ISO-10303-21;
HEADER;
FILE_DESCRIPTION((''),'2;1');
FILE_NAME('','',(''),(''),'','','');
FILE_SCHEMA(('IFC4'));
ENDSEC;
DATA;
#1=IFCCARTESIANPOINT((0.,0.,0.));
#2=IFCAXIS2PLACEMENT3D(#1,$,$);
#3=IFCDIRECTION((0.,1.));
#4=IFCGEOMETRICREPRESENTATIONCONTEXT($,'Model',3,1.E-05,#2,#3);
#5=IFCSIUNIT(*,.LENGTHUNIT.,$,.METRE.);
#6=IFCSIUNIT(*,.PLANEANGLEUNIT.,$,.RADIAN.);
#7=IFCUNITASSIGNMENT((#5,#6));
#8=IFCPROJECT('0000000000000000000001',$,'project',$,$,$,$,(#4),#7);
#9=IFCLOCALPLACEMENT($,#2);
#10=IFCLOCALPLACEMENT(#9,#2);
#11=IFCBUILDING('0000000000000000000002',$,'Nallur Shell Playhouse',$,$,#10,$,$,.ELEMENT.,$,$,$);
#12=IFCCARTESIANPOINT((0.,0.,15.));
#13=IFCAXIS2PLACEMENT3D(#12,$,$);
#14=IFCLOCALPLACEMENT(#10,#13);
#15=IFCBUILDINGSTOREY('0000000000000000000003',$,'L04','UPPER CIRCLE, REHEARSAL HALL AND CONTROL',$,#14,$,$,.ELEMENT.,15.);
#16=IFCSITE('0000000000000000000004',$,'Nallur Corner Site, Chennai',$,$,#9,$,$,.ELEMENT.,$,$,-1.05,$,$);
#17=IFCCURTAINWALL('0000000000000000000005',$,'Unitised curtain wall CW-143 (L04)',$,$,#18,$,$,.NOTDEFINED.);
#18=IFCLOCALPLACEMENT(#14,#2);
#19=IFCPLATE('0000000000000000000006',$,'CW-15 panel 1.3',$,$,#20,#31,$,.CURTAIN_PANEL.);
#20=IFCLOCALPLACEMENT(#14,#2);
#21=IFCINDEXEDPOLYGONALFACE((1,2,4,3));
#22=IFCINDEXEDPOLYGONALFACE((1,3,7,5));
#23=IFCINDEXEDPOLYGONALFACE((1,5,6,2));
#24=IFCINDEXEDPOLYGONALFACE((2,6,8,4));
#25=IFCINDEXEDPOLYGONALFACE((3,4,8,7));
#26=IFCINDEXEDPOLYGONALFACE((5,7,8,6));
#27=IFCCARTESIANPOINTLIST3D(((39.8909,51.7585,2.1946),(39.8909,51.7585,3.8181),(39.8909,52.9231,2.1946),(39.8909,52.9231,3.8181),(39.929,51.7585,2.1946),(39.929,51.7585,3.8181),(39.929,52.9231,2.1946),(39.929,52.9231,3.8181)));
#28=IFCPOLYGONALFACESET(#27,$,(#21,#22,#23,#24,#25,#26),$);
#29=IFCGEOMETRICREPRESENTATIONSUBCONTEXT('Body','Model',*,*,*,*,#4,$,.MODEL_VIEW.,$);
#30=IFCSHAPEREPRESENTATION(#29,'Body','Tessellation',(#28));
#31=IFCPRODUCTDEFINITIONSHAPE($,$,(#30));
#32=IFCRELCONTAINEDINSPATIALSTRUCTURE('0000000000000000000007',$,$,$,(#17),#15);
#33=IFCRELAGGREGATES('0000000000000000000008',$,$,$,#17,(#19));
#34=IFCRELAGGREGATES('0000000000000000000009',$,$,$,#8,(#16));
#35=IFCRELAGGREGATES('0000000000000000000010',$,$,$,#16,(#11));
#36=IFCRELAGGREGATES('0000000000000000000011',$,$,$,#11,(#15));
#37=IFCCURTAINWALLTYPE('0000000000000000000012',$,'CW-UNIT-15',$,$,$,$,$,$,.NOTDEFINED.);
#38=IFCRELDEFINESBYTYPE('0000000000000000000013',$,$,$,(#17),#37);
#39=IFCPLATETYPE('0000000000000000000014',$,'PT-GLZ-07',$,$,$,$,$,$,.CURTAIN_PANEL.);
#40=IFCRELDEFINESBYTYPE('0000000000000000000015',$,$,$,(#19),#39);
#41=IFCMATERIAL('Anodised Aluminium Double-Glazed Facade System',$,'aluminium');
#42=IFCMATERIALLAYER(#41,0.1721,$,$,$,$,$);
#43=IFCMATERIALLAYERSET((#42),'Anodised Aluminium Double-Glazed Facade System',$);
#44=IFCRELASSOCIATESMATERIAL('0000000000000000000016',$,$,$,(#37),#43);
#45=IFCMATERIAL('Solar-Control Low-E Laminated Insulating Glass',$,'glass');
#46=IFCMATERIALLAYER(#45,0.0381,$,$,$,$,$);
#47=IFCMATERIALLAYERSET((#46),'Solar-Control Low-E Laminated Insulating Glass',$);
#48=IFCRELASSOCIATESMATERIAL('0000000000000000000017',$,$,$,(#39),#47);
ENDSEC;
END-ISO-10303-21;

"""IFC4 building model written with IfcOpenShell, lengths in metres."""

from ifc_helpers import new_model, si_unit, direction, frame, origin, origin_2d, place, context, subcontext, project, spatial, rectangle, extrude, material, layer, layer_set, type_object, element, aggregate, save


model = new_model("IFC4")

# Units and contexts
model_context = context("Model", 3, precision=1e-05, world=origin(), true_north=direction((0.0, 1.0)))
body_context = subcontext(model_context, "Body", "Model", "MODEL_VIEW")
ifc_project = project(units=[si_unit("LENGTHUNIT", "METRE"), si_unit("PLANEANGLEUNIT", "RADIAN")], contexts=[model_context])

# Site, building, storey
site_placement = place(None, origin())
site = spatial("IfcSite", under=ifc_project, at=site_placement, Name="Nallur Corner Site, Chennai", CompositionType="ELEMENT", RefElevation=-1.05)
building_placement = place(site_placement, origin())
building = spatial("IfcBuilding", under=site, at=building_placement, Name="Nallur Shell Playhouse", CompositionType="ELEMENT")
storey_placement = place(building_placement, frame((0.0, 0.0, 15.0)))
storey = spatial("IfcBuildingStorey", under=building, at=storey_placement, Name="L04", Description="UPPER CIRCLE, REHEARSAL HALL AND CONTROL", CompositionType="ELEMENT", Elevation=15.0)

# Curtain wall
ifc_material_1 = material(Name="Anodised Aluminium Double-Glazed Facade System", Category="aluminium")
ifc_layer_1 = layer(ifc_material_1, 0.1721)
ifc_layer_set_1 = layer_set([ifc_layer_1], Name="Anodised Aluminium Double-Glazed Facade System")
curtain_wall_type_1 = type_object("IfcCurtainWallType", Name="CW-UNIT-15", PredefinedType="NOTDEFINED", material=ifc_layer_set_1)
curtain_wall_1_placement = place(storey_placement, origin())
curtain_wall_1 = element("IfcCurtainWall", 1, at=curtain_wall_1_placement, inside=storey, type_object=curtain_wall_type_1, Name="Unitised curtain wall CW-143 (L04)", PredefinedType="NOTDEFINED")

# Plate
ifc_material_2 = material(Name="Solar-Control Low-E Laminated Insulating Glass", Category="glass")
ifc_layer_2 = layer(ifc_material_2, 0.0381)
ifc_layer_set_2 = layer_set([ifc_layer_2], Name="Solar-Control Low-E Laminated Insulating Glass")
plate_type_1 = type_object("IfcPlateType", Name="PT-GLZ-07", PredefinedType="CURTAIN_PANEL", material=ifc_layer_set_2)
plate_1_placement = place(storey_placement, frame((39.9099, 52.3408, 2.1946), z_axis=(0.0, 0.0, 1.0), x_axis=(0.0, -1.0, 0.0)))
plate_1 = element("IfcPlate", 2, at=plate_1_placement, type_object=plate_type_1, Name="CW-15 panel 1.3", PredefinedType="CURTAIN_PANEL", context=body_context, shape_type="SweptSolid", body=[
    extrude(rectangle(XDim=1.1646, YDim=0.0381, at=origin_2d()), origin(), (0.0, 0.0, 1.0), 1.6235),
])
aggregate(curtain_wall_1, [plate_1])

save(model, "model.ifc")
